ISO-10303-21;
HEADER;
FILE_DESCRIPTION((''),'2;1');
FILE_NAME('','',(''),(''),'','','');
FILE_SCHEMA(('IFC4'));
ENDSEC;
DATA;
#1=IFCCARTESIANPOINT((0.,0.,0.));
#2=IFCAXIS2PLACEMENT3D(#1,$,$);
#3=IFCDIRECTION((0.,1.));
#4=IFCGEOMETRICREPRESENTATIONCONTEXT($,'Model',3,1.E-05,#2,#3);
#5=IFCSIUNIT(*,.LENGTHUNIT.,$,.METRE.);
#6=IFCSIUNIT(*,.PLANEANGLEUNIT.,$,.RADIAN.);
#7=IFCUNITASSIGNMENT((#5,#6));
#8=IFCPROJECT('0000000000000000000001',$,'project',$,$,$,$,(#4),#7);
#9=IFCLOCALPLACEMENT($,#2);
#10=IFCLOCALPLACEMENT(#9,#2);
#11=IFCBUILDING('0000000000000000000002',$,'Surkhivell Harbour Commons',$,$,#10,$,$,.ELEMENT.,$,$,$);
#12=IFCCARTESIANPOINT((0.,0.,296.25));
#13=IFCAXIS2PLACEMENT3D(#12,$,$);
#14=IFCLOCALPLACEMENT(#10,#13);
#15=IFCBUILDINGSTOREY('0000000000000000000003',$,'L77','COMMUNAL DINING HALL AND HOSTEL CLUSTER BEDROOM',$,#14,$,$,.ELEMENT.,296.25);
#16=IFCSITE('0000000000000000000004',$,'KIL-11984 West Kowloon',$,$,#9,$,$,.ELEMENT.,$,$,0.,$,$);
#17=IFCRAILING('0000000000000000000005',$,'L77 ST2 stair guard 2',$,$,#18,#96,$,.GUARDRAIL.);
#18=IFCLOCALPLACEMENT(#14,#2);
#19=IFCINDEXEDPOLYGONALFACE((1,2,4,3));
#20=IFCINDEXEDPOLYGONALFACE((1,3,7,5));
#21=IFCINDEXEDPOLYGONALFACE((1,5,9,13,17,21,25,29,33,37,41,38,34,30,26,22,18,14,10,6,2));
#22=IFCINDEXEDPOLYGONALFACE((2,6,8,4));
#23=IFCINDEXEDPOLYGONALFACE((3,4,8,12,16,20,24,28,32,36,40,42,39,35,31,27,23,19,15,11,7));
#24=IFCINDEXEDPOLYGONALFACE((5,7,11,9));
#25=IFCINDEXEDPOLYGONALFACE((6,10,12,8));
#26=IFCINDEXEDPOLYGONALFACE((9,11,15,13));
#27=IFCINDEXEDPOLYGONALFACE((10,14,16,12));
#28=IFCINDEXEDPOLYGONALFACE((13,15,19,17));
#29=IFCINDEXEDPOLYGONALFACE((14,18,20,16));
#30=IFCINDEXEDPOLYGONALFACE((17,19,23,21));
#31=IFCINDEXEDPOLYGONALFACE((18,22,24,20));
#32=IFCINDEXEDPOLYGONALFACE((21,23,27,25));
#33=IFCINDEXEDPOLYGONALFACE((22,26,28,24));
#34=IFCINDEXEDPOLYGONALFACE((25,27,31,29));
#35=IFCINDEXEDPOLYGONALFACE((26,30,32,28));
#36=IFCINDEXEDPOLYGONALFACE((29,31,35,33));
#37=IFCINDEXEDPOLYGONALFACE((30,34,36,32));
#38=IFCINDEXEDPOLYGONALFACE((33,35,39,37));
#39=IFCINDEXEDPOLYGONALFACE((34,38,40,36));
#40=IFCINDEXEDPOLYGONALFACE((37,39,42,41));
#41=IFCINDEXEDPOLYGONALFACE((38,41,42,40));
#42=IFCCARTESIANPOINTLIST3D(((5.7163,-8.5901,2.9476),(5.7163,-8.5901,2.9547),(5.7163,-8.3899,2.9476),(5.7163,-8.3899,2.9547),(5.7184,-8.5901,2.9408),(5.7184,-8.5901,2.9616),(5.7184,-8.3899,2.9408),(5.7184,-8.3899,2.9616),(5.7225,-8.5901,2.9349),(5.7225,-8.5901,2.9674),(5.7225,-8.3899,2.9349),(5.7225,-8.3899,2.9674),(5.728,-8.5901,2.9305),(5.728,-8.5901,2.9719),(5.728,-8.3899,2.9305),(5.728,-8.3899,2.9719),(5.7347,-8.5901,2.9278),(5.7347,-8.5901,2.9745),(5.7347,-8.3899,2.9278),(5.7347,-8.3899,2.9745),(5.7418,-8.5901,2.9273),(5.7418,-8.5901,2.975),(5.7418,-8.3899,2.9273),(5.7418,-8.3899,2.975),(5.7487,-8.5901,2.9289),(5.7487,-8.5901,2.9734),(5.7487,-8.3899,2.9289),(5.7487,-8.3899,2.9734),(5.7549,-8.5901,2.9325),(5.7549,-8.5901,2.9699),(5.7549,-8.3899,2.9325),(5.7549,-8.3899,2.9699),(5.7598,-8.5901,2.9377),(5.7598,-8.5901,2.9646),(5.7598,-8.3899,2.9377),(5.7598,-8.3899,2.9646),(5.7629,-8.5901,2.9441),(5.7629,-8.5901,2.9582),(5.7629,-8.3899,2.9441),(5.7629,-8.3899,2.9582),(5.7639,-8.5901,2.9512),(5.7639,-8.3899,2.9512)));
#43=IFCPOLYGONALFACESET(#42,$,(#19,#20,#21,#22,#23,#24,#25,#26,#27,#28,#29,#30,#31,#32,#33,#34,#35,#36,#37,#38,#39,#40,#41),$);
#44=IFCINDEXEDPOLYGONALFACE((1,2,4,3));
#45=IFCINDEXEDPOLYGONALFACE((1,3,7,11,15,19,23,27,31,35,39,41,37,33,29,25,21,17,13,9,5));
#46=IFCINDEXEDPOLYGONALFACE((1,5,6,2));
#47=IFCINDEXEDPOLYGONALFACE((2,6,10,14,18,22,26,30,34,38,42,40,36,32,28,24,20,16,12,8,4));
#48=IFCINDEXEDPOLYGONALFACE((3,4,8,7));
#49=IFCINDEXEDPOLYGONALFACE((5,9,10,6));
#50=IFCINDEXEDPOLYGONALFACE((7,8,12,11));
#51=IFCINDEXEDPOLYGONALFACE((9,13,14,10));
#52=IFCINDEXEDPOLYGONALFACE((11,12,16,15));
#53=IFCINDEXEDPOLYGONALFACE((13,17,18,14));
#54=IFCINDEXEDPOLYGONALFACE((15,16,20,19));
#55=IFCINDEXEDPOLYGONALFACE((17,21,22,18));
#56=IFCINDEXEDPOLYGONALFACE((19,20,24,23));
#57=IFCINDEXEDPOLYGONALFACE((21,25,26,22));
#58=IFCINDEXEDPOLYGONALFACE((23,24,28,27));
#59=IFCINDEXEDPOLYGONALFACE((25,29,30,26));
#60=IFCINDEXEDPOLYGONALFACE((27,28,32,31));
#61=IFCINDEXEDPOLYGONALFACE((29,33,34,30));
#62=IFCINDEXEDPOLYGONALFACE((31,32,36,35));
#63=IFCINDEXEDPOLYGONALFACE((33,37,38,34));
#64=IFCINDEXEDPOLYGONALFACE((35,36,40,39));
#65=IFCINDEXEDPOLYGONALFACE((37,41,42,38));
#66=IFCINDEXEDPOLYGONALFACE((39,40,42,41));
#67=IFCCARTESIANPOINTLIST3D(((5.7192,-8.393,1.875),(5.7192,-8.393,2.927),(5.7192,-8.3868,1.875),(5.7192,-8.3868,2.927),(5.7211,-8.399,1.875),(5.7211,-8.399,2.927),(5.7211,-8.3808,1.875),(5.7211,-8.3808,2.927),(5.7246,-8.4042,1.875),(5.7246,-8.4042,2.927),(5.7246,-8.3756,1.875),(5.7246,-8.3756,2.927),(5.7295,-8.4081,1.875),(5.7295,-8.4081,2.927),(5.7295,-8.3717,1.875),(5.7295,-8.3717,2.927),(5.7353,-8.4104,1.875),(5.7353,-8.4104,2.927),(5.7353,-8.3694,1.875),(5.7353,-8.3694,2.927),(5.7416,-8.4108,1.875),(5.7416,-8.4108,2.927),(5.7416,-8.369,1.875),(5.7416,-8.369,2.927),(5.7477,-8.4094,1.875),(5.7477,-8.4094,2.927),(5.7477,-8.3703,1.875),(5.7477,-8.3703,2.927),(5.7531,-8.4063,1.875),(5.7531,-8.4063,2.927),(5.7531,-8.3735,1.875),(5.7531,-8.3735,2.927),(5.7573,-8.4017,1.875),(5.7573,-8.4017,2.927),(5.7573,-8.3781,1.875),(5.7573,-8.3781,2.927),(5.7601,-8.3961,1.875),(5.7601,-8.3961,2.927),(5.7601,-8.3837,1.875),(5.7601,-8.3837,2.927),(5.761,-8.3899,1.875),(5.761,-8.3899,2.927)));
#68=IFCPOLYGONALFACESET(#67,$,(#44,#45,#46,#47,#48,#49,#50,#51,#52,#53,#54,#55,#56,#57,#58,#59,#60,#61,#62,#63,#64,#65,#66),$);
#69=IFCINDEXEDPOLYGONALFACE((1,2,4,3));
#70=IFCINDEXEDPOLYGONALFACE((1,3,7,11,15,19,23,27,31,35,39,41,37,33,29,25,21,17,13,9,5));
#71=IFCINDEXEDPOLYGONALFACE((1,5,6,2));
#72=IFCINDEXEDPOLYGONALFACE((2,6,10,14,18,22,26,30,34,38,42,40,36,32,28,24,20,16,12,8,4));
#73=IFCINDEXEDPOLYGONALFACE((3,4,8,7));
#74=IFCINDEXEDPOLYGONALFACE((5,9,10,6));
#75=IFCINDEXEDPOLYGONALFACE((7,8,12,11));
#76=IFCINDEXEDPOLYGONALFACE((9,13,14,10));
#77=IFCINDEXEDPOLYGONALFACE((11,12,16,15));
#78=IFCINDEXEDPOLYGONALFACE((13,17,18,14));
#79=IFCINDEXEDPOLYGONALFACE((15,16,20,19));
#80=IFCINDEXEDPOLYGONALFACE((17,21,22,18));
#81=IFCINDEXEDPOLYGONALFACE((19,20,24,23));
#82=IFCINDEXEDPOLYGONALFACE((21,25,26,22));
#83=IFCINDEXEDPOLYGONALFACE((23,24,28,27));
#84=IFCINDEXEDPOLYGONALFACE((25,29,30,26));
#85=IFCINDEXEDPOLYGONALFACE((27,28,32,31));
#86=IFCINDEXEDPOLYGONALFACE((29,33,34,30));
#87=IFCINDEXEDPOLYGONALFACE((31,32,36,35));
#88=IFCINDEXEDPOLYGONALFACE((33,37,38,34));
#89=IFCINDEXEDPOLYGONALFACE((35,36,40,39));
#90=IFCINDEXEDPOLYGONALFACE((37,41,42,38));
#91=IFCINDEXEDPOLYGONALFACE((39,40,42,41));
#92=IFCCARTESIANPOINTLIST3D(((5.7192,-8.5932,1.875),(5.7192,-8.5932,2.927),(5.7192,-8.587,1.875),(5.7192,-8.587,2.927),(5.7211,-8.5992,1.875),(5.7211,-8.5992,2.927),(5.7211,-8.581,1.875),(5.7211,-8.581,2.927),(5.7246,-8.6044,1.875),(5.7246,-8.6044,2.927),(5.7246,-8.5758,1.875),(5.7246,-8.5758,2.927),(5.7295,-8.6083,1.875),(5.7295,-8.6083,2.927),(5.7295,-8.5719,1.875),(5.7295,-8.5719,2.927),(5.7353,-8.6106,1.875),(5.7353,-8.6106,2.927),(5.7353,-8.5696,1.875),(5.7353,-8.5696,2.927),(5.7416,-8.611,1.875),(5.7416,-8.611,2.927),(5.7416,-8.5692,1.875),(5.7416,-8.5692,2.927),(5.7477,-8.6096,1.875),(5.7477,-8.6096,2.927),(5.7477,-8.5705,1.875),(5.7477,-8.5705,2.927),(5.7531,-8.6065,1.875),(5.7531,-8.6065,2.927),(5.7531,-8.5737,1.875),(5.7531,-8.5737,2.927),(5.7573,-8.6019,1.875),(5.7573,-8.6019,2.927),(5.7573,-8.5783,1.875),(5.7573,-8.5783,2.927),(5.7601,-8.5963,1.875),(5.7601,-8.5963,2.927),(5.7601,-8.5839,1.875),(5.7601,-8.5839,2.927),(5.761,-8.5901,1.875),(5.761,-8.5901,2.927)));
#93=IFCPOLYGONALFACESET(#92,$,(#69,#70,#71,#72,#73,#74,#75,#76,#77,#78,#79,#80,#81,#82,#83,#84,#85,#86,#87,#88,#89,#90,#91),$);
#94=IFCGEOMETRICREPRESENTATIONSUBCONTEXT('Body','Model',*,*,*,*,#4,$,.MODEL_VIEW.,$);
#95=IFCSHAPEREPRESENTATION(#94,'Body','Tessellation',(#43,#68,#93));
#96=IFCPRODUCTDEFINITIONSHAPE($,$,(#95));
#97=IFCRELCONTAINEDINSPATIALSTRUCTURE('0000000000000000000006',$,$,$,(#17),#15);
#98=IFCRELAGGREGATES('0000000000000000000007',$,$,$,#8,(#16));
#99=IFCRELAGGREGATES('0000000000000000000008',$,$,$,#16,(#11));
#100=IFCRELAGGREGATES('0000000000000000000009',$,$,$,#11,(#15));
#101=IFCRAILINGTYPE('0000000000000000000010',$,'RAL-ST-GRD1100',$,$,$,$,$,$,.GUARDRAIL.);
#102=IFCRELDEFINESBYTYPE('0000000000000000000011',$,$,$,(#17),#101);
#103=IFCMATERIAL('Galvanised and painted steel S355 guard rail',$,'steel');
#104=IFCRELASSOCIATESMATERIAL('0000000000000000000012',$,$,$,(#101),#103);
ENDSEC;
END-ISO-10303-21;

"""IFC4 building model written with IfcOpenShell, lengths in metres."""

from ifc_helpers import new_model, si_unit, direction, frame, origin, origin_2d, place, context, subcontext, project, spatial, circle, extrude, material, type_object, element, save


model = new_model("IFC4")

# Units and contexts
model_context = context("Model", 3, precision=1e-05, world=origin(), true_north=direction((0.0, 1.0)))
body_context = subcontext(model_context, "Body", "Model", "MODEL_VIEW")
ifc_project = project(units=[si_unit("LENGTHUNIT", "METRE"), si_unit("PLANEANGLEUNIT", "RADIAN")], contexts=[model_context])

# Site, building, storey
site_placement = place(None, origin())
site = spatial("IfcSite", under=ifc_project, at=site_placement, Name="KIL-11984 West Kowloon", CompositionType="ELEMENT", RefElevation=0.0)
building_placement = place(site_placement, origin())
building = spatial("IfcBuilding", under=site, at=building_placement, Name="Surkhivell Harbour Commons", CompositionType="ELEMENT")
storey_placement = place(building_placement, frame((0.0, 0.0, 296.25)))
storey = spatial("IfcBuildingStorey", under=building, at=storey_placement, Name="L77", Description="COMMUNAL DINING HALL AND HOSTEL CLUSTER BEDROOM", CompositionType="ELEMENT", Elevation=296.25)

# Railing
ifc_material_1 = material(Name="Galvanised and painted steel S355 guard rail", Category="steel")
railing_type_1 = type_object("IfcRailingType", Name="RAL-ST-GRD1100", PredefinedType="GUARDRAIL", material=ifc_material_1)
railing_1_placement = place(storey_placement, frame((5.74, -8.3899, 1.875)))
element("IfcRailing", 1, at=railing_1_placement, inside=storey, type_object=railing_type_1, Name="L77 ST2 stair guard 2", PredefinedType="GUARDRAIL", context=body_context, shape_type="SweptSolid", body=[
    extrude(circle(Radius=0.0239, at=origin_2d()), frame((0.0, 0.0, 1.0762), z_axis=(0.0, -1.0, 0.0), x_axis=(1.0, 0.0, 0.0)), (0.0, 0.0, 1.0), 0.2002),
    extrude(circle(Radius=0.021, at=origin_2d()), origin(), (0.0, 0.0, 1.0), 1.052),
    extrude(circle(Radius=0.021, at=origin_2d()), frame((0.0, -0.2002, 0.0)), (0.0, 0.0, 1.0), 1.052),
])

save(model, "model.ifc")
